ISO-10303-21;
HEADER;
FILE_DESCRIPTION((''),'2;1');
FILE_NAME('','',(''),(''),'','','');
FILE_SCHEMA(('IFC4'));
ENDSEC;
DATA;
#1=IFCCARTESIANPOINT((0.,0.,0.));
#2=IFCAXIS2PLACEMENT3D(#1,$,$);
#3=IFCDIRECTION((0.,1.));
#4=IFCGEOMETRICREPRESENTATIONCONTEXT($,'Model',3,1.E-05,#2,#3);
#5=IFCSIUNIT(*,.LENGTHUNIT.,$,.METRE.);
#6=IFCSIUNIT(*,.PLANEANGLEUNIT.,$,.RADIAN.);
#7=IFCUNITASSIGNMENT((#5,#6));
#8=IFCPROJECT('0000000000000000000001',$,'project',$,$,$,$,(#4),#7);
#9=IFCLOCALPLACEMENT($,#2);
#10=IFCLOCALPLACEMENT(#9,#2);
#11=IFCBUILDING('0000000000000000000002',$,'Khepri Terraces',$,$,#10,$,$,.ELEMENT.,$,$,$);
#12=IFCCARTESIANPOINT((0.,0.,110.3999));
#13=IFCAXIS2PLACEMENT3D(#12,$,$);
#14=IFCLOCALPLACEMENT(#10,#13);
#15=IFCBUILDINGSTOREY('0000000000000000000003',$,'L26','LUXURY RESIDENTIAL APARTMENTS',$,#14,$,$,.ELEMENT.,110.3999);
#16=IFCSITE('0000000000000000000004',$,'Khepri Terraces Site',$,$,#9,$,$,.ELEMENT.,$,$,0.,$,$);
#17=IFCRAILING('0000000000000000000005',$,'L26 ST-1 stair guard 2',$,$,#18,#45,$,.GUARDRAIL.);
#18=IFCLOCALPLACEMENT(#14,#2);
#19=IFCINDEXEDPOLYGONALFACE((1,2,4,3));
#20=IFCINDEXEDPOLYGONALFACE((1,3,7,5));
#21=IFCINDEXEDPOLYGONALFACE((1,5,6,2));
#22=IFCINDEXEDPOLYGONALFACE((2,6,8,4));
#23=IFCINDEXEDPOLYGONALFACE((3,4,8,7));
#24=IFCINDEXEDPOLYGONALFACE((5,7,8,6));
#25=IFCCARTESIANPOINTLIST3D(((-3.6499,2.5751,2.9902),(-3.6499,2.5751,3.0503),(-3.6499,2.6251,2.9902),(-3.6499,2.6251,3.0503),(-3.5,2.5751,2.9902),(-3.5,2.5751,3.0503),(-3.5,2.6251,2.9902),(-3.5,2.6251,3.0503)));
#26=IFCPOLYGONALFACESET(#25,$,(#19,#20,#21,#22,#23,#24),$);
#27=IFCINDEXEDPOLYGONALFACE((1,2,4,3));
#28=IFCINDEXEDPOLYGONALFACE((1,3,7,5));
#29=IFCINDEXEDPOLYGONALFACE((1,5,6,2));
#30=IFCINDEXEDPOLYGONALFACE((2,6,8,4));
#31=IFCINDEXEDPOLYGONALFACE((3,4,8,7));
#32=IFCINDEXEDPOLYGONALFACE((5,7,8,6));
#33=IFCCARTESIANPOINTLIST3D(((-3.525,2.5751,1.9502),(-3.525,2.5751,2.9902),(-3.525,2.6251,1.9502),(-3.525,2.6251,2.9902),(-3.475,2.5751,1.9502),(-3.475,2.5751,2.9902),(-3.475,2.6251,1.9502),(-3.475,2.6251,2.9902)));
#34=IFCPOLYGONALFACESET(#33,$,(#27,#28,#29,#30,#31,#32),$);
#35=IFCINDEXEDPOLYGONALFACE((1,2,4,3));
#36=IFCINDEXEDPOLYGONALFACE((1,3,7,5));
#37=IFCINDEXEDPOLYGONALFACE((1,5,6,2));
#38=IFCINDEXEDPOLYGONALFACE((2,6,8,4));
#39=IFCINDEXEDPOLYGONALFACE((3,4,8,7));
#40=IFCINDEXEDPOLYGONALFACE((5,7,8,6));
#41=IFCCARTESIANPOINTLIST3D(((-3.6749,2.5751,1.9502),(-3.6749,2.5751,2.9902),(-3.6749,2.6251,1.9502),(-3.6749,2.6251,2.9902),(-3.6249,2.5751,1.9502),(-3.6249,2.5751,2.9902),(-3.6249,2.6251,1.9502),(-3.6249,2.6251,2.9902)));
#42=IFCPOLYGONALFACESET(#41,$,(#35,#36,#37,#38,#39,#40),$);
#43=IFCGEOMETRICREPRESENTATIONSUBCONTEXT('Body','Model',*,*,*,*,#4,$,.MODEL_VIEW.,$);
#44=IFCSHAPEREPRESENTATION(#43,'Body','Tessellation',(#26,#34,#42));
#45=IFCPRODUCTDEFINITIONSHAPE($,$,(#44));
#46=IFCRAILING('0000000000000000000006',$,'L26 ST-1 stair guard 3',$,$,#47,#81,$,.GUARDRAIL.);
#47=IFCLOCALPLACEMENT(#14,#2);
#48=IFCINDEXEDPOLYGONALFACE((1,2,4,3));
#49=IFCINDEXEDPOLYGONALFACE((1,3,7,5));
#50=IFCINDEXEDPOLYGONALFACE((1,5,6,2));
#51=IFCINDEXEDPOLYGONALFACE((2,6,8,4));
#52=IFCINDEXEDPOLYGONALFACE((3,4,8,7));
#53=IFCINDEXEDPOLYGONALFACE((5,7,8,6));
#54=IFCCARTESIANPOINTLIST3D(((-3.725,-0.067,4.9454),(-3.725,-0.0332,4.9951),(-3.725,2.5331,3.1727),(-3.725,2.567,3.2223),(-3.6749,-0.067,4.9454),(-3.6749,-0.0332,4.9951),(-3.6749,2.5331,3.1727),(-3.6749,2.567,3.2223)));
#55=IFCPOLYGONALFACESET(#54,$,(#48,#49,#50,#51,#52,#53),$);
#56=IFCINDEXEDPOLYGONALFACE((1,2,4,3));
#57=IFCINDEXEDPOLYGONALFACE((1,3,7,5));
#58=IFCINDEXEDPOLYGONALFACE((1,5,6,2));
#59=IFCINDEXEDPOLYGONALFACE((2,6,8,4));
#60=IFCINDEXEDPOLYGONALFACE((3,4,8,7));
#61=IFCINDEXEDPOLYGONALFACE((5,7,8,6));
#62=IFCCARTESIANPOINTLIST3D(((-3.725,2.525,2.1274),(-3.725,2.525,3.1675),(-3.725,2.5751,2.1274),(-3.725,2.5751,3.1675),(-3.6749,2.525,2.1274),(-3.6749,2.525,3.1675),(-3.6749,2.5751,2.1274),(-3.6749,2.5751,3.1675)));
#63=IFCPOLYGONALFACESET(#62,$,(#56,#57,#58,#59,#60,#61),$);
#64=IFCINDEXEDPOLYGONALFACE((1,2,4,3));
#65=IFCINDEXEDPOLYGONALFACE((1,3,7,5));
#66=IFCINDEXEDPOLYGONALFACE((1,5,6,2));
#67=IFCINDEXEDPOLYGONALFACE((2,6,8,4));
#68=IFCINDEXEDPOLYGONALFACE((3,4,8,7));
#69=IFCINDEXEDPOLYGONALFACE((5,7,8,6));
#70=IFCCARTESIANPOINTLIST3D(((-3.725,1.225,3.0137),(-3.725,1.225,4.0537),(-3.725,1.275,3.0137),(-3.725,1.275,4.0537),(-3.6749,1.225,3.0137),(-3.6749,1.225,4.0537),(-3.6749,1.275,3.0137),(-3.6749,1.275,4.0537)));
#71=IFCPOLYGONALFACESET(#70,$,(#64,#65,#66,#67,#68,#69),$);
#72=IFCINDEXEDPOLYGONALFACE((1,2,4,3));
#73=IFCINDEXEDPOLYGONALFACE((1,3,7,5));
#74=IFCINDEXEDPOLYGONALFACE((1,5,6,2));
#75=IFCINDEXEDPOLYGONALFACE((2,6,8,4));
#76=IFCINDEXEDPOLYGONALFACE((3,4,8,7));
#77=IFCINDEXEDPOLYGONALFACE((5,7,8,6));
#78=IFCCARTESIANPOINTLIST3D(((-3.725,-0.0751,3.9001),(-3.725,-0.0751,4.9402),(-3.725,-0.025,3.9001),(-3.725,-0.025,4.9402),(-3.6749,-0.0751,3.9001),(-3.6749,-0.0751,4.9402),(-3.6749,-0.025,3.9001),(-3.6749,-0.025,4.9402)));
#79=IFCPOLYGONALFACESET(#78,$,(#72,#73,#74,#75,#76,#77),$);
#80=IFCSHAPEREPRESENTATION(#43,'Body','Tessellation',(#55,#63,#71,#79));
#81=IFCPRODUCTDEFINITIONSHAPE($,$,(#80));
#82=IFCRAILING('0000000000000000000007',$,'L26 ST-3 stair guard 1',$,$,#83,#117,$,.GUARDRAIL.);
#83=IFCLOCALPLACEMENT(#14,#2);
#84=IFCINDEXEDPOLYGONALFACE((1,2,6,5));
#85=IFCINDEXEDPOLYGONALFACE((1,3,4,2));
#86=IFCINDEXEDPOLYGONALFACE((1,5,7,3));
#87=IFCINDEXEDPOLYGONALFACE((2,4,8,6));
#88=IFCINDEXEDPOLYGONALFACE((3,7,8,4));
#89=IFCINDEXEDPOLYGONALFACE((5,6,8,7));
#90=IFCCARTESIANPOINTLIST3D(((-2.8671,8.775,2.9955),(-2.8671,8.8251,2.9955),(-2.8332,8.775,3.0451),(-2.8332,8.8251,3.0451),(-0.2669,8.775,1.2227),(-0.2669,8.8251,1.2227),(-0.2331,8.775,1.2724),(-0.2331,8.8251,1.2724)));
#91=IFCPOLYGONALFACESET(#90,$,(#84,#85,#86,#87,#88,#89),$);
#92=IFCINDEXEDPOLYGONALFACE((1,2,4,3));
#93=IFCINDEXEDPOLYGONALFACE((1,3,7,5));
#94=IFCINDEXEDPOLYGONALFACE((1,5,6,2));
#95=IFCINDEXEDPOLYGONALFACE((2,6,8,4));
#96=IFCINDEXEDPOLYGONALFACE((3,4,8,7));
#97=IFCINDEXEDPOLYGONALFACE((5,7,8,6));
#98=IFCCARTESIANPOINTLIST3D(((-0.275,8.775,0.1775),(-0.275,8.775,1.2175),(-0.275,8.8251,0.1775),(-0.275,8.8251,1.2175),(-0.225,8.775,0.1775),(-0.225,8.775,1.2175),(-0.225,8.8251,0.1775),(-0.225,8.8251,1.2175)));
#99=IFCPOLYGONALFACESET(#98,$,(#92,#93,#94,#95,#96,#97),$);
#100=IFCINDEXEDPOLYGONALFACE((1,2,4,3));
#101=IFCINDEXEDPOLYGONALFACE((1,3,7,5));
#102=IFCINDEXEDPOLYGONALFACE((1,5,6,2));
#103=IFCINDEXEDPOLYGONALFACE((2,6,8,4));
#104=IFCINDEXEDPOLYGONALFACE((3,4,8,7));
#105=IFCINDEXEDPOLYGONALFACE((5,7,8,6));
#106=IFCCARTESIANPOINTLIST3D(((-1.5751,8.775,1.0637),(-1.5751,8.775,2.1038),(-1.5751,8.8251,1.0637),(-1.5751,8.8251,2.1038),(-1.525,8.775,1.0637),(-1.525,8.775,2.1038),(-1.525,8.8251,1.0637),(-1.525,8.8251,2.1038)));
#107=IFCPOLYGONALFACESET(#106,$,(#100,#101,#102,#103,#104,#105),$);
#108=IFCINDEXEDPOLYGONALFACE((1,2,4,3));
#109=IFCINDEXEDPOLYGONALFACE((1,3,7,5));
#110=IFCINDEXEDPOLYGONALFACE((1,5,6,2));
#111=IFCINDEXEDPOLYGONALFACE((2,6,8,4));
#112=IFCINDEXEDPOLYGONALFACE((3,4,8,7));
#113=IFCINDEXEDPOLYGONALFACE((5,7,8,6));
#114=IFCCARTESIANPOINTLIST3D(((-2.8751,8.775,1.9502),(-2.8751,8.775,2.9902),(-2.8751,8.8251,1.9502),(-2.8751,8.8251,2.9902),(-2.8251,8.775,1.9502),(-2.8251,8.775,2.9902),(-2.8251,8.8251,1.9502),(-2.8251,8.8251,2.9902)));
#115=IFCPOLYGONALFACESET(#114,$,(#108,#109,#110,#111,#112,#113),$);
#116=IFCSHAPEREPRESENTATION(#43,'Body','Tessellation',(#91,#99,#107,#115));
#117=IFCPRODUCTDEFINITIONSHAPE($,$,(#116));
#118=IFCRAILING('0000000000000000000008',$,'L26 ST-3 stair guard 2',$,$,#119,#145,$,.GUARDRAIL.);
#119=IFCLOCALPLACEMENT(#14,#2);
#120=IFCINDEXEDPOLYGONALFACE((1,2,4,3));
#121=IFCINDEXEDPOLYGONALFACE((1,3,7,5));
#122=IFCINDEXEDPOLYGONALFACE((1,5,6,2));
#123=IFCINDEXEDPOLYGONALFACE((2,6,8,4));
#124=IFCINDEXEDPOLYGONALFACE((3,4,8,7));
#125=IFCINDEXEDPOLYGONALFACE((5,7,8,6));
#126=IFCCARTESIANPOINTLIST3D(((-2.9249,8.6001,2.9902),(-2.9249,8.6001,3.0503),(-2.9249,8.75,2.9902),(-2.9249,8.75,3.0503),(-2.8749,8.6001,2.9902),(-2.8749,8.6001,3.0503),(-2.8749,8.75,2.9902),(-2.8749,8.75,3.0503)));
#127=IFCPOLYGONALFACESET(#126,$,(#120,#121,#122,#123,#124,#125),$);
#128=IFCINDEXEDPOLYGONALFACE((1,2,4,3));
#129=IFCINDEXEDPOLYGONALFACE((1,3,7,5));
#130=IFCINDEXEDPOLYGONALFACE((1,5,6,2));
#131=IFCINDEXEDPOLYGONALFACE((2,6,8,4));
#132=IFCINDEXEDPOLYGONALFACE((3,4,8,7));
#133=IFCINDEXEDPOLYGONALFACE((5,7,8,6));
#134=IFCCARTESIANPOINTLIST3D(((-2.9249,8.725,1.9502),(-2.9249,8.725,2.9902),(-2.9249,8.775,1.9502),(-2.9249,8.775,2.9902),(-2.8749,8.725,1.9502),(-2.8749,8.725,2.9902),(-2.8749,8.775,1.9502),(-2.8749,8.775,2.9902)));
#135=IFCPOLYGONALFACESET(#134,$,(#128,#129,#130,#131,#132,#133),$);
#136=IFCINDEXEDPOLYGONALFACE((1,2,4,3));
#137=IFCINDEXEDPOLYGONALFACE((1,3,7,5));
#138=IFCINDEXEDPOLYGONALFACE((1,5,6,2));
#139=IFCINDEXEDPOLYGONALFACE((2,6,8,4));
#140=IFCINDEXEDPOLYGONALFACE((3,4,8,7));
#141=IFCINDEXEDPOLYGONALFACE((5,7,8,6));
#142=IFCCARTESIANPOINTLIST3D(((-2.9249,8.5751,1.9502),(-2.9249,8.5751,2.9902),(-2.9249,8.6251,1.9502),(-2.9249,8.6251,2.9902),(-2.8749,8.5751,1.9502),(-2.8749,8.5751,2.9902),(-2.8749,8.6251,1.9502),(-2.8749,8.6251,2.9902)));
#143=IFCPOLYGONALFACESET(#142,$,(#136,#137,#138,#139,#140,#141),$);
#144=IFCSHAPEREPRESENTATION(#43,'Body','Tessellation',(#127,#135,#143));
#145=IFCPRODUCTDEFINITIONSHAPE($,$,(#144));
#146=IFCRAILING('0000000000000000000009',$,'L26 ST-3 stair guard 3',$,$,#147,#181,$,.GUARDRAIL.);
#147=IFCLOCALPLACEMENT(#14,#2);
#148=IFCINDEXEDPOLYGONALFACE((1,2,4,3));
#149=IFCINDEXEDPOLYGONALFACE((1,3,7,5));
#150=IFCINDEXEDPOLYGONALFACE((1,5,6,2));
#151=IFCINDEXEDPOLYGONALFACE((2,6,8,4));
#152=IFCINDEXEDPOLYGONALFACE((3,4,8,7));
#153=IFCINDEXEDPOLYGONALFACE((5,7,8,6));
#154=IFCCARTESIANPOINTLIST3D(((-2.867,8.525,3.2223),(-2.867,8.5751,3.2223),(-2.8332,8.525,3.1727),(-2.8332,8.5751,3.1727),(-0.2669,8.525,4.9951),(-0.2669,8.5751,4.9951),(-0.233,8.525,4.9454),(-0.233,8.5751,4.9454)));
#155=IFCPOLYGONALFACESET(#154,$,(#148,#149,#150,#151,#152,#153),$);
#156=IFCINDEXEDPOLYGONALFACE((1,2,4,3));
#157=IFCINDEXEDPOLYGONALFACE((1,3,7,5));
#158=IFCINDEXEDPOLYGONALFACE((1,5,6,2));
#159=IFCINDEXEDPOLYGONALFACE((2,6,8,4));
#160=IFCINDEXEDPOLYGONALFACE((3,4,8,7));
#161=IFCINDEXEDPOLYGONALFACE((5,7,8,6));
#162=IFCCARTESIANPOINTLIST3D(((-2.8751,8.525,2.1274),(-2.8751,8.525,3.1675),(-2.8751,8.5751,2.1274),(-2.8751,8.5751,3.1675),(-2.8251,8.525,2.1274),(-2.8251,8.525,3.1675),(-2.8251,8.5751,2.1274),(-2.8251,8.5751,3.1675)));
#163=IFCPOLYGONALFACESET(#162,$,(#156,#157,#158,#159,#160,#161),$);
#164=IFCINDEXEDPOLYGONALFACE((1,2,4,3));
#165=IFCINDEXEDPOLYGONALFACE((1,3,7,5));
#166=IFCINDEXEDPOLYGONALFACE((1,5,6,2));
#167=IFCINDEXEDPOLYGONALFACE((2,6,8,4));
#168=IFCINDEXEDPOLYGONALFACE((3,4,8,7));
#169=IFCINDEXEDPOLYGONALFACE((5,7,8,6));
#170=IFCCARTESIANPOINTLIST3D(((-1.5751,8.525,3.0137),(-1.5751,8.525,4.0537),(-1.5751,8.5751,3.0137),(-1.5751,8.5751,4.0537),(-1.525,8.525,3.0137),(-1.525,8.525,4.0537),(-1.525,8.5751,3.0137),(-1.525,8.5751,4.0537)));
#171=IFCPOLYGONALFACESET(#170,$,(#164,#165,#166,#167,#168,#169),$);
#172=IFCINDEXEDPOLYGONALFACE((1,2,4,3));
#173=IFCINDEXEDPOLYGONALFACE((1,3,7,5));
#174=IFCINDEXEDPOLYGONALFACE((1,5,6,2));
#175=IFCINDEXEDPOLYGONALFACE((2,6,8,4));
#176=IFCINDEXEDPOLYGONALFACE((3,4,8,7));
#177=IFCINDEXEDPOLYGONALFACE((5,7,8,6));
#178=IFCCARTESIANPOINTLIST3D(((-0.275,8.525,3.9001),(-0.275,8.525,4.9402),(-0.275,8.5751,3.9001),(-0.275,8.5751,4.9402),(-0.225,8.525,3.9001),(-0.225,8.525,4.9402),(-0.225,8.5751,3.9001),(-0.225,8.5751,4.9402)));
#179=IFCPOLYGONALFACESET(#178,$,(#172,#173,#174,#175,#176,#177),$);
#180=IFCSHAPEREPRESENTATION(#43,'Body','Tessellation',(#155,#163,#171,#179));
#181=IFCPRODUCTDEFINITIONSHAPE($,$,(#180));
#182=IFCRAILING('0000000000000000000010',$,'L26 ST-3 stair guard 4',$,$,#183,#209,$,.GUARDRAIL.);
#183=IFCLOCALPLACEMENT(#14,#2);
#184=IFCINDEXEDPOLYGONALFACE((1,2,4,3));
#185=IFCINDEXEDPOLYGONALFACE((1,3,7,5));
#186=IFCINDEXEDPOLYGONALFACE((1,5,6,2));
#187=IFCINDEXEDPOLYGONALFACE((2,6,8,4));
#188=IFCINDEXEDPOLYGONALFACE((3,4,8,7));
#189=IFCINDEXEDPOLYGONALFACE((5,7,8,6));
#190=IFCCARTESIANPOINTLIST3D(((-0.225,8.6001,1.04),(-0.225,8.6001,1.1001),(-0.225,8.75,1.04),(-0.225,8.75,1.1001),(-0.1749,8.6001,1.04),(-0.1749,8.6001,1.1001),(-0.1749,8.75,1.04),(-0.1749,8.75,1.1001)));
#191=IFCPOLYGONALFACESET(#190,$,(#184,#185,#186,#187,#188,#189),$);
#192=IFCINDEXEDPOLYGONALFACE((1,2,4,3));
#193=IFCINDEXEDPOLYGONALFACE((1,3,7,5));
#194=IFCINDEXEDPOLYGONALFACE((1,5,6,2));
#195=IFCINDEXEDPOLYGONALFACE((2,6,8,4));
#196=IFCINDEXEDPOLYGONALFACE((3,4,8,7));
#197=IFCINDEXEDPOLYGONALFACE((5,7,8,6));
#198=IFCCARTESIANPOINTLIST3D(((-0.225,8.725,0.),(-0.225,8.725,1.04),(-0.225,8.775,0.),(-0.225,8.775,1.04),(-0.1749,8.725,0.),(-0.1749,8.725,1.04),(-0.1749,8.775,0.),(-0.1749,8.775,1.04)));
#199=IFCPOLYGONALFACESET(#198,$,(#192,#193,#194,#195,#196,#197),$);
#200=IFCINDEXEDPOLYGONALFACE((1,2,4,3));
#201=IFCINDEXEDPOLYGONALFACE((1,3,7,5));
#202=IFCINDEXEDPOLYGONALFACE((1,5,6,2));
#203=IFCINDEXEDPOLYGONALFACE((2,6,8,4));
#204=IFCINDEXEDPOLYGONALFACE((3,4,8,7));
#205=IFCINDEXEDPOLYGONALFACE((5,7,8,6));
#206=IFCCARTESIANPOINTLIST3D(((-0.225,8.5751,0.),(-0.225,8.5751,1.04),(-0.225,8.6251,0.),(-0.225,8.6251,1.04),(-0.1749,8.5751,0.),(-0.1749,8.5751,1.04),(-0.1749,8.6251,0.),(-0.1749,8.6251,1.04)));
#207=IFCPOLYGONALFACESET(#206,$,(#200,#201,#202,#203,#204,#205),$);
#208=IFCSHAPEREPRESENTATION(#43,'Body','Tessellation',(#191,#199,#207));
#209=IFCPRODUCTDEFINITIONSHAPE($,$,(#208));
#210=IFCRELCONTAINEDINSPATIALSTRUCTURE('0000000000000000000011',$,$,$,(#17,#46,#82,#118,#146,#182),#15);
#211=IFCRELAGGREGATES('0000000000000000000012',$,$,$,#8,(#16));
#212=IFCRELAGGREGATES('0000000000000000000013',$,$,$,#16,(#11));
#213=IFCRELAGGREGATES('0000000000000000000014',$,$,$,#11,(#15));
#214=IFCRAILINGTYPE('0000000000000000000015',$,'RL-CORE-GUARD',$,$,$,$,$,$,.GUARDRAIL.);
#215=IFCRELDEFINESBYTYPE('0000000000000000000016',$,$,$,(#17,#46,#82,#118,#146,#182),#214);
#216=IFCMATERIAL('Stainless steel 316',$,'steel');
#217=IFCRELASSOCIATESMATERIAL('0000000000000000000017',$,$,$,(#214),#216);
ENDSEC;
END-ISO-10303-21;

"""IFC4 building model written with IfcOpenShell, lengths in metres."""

from ifc_helpers import new_model, si_unit, direction, frame, origin, origin_2d, place, context, subcontext, project, spatial, rectangle, extrude, material, type_object, element, save


model = new_model("IFC4")

# Units and contexts
model_context = context("Model", 3, precision=1e-05, world=origin(), true_north=direction((0.0, 1.0)))
body_context = subcontext(model_context, "Body", "Model", "MODEL_VIEW")
ifc_project = project(units=[si_unit("LENGTHUNIT", "METRE"), si_unit("PLANEANGLEUNIT", "RADIAN")], contexts=[model_context])

# Site, building, storey
site_placement = place(None, origin())
site = spatial("IfcSite", under=ifc_project, at=site_placement, Name="Khepri Terraces Site", CompositionType="ELEMENT", RefElevation=0.0)
building_placement = place(site_placement, origin())
building = spatial("IfcBuilding", under=site, at=building_placement, Name="Khepri Terraces", CompositionType="ELEMENT")
storey_placement = place(building_placement, frame((0.0, 0.0, 110.3999)))
storey = spatial("IfcBuildingStorey", under=building, at=storey_placement, Name="L26", Description="LUXURY RESIDENTIAL APARTMENTS", CompositionType="ELEMENT", Elevation=110.3999)

# Railings
ifc_material_1 = material(Name="Stainless steel 316", Category="steel")
railing_type_1 = type_object("IfcRailingType", Name="RL-CORE-GUARD", PredefinedType="GUARDRAIL", material=ifc_material_1)
railing_1_placement = place(storey_placement, frame((-3.5, 2.6001, 1.9502)))
element("IfcRailing", 1, at=railing_1_placement, inside=storey, type_object=railing_type_1, Name="L26 ST-1 stair guard 2", PredefinedType="GUARDRAIL", context=body_context, shape_type="SweptSolid", body=[
    extrude(rectangle(XDim=0.05, YDim=0.0601, at=origin_2d()), frame((0.0, 0.0, 1.0701), z_axis=(-1.0, 0.0, 0.0), x_axis=(0.0, -1.0, 0.0)), (0.0, 0.0, 1.0), 0.1499),
    extrude(rectangle(XDim=0.05, YDim=0.05, at=origin_2d()), origin(), (0.0, 0.0, 1.0), 1.04),
    extrude(rectangle(XDim=0.05, YDim=0.05, at=origin_2d()), frame((-0.1499, 0.0, 0.0)), (0.0, 0.0, 1.0), 1.04),
])
railing_2_placement = place(storey_placement, frame((-3.7, 2.55, 2.1274)))
element("IfcRailing", 2, at=railing_2_placement, inside=storey, type_object=railing_type_1, Name="L26 ST-1 stair guard 3", PredefinedType="GUARDRAIL", context=body_context, shape_type="SweptSolid", body=[
    extrude(rectangle(XDim=0.05, YDim=0.0601, at=origin_2d()), frame((0.0, 0.0, 1.0701), z_axis=(0.0, -0.82624, 0.563318), x_axis=(1.0, 0.0, 0.0)), (0.0, 0.0, 1.0), 3.147),
    extrude(rectangle(XDim=0.05, YDim=0.05, at=origin_2d()), origin(), (0.0, 0.0, 1.0), 1.04),
    extrude(rectangle(XDim=0.05, YDim=0.05, at=origin_2d()), frame((0.0, -1.3, 0.8862)), (0.0, 0.0, 1.0), 1.04),
    extrude(rectangle(XDim=0.05, YDim=0.05, at=origin_2d()), frame((0.0, -2.6001, 1.7727)), (0.0, 0.0, 1.0), 1.04),
])
railing_3_placement = place(storey_placement, frame((-0.25, 8.8, 0.1775)))
element("IfcRailing", 3, at=railing_3_placement, inside=storey, type_object=railing_type_1, Name="L26 ST-3 stair guard 1", PredefinedType="GUARDRAIL", context=body_context, shape_type="SweptSolid", body=[
    extrude(rectangle(XDim=0.05, YDim=0.0601, at=origin_2d()), frame((0.0, 0.0, 1.0701), z_axis=(-0.82624, 0.0, 0.563318), x_axis=(0.0, -1.0, 0.0)), (0.0, 0.0, 1.0), 3.147),
    extrude(rectangle(XDim=0.05, YDim=0.05, at=origin_2d()), origin(), (0.0, 0.0, 1.0), 1.04),
    extrude(rectangle(XDim=0.05, YDim=0.05, at=origin_2d()), frame((-1.3, 0.0, 0.8862)), (0.0, 0.0, 1.0), 1.04),
    extrude(rectangle(XDim=0.05, YDim=0.05, at=origin_2d()), frame((-2.6001, 0.0, 1.7727)), (0.0, 0.0, 1.0), 1.04),
])
railing_4_placement = place(storey_placement, frame((-2.8999, 8.75, 1.9502)))
element("IfcRailing", 4, at=railing_4_placement, inside=storey, type_object=railing_type_1, Name="L26 ST-3 stair guard 2", PredefinedType="GUARDRAIL", context=body_context, shape_type="SweptSolid", body=[
    extrude(rectangle(XDim=0.05, YDim=0.0601, at=origin_2d()), frame((0.0, 0.0, 1.0701), z_axis=(0.0, -1.0, 0.0), x_axis=(1.0, 0.0, 0.0)), (0.0, 0.0, 1.0), 0.1499),
    extrude(rectangle(XDim=0.05, YDim=0.05, at=origin_2d()), origin(), (0.0, 0.0, 1.0), 1.04),
    extrude(rectangle(XDim=0.05, YDim=0.05, at=origin_2d()), frame((0.0, -0.1499, 0.0)), (0.0, 0.0, 1.0), 1.04),
])
railing_5_placement = place(storey_placement, frame((-2.8501, 8.55, 2.1274)))
element("IfcRailing", 5, at=railing_5_placement, inside=storey, type_object=railing_type_1, Name="L26 ST-3 stair guard 3", PredefinedType="GUARDRAIL", context=body_context, shape_type="SweptSolid", body=[
    extrude(rectangle(XDim=0.05, YDim=0.0601, at=origin_2d()), frame((0.0, 0.0, 1.0701), z_axis=(0.82624, 0.0, 0.563318), x_axis=(0.0, 1.0, 0.0)), (0.0, 0.0, 1.0), 3.147),
    extrude(rectangle(XDim=0.05, YDim=0.05, at=origin_2d()), origin(), (0.0, 0.0, 1.0), 1.04),
    extrude(rectangle(XDim=0.05, YDim=0.05, at=origin_2d()), frame((1.3, 0.0, 0.8862)), (0.0, 0.0, 1.0), 1.04),
    extrude(rectangle(XDim=0.05, YDim=0.05, at=origin_2d()), frame((2.6001, 0.0, 1.7727)), (0.0, 0.0, 1.0), 1.04),
])
railing_6_placement = place(storey_placement, frame((-0.2, 8.75, 0.0)))
element("IfcRailing", 6, at=railing_6_placement, inside=storey, type_object=railing_type_1, Name="L26 ST-3 stair guard 4", PredefinedType="GUARDRAIL", context=body_context, shape_type="SweptSolid", body=[
    extrude(rectangle(XDim=0.05, YDim=0.0601, at=origin_2d()), frame((0.0, 0.0, 1.0701), z_axis=(0.0, -1.0, 0.0), x_axis=(1.0, 0.0, 0.0)), (0.0, 0.0, 1.0), 0.1499),
    extrude(rectangle(XDim=0.05, YDim=0.05, at=origin_2d()), origin(), (0.0, 0.0, 1.0), 1.04),
    extrude(rectangle(XDim=0.05, YDim=0.05, at=origin_2d()), frame((0.0, -0.1499, 0.0)), (0.0, 0.0, 1.0), 1.04),
])

save(model, "model.ifc")
